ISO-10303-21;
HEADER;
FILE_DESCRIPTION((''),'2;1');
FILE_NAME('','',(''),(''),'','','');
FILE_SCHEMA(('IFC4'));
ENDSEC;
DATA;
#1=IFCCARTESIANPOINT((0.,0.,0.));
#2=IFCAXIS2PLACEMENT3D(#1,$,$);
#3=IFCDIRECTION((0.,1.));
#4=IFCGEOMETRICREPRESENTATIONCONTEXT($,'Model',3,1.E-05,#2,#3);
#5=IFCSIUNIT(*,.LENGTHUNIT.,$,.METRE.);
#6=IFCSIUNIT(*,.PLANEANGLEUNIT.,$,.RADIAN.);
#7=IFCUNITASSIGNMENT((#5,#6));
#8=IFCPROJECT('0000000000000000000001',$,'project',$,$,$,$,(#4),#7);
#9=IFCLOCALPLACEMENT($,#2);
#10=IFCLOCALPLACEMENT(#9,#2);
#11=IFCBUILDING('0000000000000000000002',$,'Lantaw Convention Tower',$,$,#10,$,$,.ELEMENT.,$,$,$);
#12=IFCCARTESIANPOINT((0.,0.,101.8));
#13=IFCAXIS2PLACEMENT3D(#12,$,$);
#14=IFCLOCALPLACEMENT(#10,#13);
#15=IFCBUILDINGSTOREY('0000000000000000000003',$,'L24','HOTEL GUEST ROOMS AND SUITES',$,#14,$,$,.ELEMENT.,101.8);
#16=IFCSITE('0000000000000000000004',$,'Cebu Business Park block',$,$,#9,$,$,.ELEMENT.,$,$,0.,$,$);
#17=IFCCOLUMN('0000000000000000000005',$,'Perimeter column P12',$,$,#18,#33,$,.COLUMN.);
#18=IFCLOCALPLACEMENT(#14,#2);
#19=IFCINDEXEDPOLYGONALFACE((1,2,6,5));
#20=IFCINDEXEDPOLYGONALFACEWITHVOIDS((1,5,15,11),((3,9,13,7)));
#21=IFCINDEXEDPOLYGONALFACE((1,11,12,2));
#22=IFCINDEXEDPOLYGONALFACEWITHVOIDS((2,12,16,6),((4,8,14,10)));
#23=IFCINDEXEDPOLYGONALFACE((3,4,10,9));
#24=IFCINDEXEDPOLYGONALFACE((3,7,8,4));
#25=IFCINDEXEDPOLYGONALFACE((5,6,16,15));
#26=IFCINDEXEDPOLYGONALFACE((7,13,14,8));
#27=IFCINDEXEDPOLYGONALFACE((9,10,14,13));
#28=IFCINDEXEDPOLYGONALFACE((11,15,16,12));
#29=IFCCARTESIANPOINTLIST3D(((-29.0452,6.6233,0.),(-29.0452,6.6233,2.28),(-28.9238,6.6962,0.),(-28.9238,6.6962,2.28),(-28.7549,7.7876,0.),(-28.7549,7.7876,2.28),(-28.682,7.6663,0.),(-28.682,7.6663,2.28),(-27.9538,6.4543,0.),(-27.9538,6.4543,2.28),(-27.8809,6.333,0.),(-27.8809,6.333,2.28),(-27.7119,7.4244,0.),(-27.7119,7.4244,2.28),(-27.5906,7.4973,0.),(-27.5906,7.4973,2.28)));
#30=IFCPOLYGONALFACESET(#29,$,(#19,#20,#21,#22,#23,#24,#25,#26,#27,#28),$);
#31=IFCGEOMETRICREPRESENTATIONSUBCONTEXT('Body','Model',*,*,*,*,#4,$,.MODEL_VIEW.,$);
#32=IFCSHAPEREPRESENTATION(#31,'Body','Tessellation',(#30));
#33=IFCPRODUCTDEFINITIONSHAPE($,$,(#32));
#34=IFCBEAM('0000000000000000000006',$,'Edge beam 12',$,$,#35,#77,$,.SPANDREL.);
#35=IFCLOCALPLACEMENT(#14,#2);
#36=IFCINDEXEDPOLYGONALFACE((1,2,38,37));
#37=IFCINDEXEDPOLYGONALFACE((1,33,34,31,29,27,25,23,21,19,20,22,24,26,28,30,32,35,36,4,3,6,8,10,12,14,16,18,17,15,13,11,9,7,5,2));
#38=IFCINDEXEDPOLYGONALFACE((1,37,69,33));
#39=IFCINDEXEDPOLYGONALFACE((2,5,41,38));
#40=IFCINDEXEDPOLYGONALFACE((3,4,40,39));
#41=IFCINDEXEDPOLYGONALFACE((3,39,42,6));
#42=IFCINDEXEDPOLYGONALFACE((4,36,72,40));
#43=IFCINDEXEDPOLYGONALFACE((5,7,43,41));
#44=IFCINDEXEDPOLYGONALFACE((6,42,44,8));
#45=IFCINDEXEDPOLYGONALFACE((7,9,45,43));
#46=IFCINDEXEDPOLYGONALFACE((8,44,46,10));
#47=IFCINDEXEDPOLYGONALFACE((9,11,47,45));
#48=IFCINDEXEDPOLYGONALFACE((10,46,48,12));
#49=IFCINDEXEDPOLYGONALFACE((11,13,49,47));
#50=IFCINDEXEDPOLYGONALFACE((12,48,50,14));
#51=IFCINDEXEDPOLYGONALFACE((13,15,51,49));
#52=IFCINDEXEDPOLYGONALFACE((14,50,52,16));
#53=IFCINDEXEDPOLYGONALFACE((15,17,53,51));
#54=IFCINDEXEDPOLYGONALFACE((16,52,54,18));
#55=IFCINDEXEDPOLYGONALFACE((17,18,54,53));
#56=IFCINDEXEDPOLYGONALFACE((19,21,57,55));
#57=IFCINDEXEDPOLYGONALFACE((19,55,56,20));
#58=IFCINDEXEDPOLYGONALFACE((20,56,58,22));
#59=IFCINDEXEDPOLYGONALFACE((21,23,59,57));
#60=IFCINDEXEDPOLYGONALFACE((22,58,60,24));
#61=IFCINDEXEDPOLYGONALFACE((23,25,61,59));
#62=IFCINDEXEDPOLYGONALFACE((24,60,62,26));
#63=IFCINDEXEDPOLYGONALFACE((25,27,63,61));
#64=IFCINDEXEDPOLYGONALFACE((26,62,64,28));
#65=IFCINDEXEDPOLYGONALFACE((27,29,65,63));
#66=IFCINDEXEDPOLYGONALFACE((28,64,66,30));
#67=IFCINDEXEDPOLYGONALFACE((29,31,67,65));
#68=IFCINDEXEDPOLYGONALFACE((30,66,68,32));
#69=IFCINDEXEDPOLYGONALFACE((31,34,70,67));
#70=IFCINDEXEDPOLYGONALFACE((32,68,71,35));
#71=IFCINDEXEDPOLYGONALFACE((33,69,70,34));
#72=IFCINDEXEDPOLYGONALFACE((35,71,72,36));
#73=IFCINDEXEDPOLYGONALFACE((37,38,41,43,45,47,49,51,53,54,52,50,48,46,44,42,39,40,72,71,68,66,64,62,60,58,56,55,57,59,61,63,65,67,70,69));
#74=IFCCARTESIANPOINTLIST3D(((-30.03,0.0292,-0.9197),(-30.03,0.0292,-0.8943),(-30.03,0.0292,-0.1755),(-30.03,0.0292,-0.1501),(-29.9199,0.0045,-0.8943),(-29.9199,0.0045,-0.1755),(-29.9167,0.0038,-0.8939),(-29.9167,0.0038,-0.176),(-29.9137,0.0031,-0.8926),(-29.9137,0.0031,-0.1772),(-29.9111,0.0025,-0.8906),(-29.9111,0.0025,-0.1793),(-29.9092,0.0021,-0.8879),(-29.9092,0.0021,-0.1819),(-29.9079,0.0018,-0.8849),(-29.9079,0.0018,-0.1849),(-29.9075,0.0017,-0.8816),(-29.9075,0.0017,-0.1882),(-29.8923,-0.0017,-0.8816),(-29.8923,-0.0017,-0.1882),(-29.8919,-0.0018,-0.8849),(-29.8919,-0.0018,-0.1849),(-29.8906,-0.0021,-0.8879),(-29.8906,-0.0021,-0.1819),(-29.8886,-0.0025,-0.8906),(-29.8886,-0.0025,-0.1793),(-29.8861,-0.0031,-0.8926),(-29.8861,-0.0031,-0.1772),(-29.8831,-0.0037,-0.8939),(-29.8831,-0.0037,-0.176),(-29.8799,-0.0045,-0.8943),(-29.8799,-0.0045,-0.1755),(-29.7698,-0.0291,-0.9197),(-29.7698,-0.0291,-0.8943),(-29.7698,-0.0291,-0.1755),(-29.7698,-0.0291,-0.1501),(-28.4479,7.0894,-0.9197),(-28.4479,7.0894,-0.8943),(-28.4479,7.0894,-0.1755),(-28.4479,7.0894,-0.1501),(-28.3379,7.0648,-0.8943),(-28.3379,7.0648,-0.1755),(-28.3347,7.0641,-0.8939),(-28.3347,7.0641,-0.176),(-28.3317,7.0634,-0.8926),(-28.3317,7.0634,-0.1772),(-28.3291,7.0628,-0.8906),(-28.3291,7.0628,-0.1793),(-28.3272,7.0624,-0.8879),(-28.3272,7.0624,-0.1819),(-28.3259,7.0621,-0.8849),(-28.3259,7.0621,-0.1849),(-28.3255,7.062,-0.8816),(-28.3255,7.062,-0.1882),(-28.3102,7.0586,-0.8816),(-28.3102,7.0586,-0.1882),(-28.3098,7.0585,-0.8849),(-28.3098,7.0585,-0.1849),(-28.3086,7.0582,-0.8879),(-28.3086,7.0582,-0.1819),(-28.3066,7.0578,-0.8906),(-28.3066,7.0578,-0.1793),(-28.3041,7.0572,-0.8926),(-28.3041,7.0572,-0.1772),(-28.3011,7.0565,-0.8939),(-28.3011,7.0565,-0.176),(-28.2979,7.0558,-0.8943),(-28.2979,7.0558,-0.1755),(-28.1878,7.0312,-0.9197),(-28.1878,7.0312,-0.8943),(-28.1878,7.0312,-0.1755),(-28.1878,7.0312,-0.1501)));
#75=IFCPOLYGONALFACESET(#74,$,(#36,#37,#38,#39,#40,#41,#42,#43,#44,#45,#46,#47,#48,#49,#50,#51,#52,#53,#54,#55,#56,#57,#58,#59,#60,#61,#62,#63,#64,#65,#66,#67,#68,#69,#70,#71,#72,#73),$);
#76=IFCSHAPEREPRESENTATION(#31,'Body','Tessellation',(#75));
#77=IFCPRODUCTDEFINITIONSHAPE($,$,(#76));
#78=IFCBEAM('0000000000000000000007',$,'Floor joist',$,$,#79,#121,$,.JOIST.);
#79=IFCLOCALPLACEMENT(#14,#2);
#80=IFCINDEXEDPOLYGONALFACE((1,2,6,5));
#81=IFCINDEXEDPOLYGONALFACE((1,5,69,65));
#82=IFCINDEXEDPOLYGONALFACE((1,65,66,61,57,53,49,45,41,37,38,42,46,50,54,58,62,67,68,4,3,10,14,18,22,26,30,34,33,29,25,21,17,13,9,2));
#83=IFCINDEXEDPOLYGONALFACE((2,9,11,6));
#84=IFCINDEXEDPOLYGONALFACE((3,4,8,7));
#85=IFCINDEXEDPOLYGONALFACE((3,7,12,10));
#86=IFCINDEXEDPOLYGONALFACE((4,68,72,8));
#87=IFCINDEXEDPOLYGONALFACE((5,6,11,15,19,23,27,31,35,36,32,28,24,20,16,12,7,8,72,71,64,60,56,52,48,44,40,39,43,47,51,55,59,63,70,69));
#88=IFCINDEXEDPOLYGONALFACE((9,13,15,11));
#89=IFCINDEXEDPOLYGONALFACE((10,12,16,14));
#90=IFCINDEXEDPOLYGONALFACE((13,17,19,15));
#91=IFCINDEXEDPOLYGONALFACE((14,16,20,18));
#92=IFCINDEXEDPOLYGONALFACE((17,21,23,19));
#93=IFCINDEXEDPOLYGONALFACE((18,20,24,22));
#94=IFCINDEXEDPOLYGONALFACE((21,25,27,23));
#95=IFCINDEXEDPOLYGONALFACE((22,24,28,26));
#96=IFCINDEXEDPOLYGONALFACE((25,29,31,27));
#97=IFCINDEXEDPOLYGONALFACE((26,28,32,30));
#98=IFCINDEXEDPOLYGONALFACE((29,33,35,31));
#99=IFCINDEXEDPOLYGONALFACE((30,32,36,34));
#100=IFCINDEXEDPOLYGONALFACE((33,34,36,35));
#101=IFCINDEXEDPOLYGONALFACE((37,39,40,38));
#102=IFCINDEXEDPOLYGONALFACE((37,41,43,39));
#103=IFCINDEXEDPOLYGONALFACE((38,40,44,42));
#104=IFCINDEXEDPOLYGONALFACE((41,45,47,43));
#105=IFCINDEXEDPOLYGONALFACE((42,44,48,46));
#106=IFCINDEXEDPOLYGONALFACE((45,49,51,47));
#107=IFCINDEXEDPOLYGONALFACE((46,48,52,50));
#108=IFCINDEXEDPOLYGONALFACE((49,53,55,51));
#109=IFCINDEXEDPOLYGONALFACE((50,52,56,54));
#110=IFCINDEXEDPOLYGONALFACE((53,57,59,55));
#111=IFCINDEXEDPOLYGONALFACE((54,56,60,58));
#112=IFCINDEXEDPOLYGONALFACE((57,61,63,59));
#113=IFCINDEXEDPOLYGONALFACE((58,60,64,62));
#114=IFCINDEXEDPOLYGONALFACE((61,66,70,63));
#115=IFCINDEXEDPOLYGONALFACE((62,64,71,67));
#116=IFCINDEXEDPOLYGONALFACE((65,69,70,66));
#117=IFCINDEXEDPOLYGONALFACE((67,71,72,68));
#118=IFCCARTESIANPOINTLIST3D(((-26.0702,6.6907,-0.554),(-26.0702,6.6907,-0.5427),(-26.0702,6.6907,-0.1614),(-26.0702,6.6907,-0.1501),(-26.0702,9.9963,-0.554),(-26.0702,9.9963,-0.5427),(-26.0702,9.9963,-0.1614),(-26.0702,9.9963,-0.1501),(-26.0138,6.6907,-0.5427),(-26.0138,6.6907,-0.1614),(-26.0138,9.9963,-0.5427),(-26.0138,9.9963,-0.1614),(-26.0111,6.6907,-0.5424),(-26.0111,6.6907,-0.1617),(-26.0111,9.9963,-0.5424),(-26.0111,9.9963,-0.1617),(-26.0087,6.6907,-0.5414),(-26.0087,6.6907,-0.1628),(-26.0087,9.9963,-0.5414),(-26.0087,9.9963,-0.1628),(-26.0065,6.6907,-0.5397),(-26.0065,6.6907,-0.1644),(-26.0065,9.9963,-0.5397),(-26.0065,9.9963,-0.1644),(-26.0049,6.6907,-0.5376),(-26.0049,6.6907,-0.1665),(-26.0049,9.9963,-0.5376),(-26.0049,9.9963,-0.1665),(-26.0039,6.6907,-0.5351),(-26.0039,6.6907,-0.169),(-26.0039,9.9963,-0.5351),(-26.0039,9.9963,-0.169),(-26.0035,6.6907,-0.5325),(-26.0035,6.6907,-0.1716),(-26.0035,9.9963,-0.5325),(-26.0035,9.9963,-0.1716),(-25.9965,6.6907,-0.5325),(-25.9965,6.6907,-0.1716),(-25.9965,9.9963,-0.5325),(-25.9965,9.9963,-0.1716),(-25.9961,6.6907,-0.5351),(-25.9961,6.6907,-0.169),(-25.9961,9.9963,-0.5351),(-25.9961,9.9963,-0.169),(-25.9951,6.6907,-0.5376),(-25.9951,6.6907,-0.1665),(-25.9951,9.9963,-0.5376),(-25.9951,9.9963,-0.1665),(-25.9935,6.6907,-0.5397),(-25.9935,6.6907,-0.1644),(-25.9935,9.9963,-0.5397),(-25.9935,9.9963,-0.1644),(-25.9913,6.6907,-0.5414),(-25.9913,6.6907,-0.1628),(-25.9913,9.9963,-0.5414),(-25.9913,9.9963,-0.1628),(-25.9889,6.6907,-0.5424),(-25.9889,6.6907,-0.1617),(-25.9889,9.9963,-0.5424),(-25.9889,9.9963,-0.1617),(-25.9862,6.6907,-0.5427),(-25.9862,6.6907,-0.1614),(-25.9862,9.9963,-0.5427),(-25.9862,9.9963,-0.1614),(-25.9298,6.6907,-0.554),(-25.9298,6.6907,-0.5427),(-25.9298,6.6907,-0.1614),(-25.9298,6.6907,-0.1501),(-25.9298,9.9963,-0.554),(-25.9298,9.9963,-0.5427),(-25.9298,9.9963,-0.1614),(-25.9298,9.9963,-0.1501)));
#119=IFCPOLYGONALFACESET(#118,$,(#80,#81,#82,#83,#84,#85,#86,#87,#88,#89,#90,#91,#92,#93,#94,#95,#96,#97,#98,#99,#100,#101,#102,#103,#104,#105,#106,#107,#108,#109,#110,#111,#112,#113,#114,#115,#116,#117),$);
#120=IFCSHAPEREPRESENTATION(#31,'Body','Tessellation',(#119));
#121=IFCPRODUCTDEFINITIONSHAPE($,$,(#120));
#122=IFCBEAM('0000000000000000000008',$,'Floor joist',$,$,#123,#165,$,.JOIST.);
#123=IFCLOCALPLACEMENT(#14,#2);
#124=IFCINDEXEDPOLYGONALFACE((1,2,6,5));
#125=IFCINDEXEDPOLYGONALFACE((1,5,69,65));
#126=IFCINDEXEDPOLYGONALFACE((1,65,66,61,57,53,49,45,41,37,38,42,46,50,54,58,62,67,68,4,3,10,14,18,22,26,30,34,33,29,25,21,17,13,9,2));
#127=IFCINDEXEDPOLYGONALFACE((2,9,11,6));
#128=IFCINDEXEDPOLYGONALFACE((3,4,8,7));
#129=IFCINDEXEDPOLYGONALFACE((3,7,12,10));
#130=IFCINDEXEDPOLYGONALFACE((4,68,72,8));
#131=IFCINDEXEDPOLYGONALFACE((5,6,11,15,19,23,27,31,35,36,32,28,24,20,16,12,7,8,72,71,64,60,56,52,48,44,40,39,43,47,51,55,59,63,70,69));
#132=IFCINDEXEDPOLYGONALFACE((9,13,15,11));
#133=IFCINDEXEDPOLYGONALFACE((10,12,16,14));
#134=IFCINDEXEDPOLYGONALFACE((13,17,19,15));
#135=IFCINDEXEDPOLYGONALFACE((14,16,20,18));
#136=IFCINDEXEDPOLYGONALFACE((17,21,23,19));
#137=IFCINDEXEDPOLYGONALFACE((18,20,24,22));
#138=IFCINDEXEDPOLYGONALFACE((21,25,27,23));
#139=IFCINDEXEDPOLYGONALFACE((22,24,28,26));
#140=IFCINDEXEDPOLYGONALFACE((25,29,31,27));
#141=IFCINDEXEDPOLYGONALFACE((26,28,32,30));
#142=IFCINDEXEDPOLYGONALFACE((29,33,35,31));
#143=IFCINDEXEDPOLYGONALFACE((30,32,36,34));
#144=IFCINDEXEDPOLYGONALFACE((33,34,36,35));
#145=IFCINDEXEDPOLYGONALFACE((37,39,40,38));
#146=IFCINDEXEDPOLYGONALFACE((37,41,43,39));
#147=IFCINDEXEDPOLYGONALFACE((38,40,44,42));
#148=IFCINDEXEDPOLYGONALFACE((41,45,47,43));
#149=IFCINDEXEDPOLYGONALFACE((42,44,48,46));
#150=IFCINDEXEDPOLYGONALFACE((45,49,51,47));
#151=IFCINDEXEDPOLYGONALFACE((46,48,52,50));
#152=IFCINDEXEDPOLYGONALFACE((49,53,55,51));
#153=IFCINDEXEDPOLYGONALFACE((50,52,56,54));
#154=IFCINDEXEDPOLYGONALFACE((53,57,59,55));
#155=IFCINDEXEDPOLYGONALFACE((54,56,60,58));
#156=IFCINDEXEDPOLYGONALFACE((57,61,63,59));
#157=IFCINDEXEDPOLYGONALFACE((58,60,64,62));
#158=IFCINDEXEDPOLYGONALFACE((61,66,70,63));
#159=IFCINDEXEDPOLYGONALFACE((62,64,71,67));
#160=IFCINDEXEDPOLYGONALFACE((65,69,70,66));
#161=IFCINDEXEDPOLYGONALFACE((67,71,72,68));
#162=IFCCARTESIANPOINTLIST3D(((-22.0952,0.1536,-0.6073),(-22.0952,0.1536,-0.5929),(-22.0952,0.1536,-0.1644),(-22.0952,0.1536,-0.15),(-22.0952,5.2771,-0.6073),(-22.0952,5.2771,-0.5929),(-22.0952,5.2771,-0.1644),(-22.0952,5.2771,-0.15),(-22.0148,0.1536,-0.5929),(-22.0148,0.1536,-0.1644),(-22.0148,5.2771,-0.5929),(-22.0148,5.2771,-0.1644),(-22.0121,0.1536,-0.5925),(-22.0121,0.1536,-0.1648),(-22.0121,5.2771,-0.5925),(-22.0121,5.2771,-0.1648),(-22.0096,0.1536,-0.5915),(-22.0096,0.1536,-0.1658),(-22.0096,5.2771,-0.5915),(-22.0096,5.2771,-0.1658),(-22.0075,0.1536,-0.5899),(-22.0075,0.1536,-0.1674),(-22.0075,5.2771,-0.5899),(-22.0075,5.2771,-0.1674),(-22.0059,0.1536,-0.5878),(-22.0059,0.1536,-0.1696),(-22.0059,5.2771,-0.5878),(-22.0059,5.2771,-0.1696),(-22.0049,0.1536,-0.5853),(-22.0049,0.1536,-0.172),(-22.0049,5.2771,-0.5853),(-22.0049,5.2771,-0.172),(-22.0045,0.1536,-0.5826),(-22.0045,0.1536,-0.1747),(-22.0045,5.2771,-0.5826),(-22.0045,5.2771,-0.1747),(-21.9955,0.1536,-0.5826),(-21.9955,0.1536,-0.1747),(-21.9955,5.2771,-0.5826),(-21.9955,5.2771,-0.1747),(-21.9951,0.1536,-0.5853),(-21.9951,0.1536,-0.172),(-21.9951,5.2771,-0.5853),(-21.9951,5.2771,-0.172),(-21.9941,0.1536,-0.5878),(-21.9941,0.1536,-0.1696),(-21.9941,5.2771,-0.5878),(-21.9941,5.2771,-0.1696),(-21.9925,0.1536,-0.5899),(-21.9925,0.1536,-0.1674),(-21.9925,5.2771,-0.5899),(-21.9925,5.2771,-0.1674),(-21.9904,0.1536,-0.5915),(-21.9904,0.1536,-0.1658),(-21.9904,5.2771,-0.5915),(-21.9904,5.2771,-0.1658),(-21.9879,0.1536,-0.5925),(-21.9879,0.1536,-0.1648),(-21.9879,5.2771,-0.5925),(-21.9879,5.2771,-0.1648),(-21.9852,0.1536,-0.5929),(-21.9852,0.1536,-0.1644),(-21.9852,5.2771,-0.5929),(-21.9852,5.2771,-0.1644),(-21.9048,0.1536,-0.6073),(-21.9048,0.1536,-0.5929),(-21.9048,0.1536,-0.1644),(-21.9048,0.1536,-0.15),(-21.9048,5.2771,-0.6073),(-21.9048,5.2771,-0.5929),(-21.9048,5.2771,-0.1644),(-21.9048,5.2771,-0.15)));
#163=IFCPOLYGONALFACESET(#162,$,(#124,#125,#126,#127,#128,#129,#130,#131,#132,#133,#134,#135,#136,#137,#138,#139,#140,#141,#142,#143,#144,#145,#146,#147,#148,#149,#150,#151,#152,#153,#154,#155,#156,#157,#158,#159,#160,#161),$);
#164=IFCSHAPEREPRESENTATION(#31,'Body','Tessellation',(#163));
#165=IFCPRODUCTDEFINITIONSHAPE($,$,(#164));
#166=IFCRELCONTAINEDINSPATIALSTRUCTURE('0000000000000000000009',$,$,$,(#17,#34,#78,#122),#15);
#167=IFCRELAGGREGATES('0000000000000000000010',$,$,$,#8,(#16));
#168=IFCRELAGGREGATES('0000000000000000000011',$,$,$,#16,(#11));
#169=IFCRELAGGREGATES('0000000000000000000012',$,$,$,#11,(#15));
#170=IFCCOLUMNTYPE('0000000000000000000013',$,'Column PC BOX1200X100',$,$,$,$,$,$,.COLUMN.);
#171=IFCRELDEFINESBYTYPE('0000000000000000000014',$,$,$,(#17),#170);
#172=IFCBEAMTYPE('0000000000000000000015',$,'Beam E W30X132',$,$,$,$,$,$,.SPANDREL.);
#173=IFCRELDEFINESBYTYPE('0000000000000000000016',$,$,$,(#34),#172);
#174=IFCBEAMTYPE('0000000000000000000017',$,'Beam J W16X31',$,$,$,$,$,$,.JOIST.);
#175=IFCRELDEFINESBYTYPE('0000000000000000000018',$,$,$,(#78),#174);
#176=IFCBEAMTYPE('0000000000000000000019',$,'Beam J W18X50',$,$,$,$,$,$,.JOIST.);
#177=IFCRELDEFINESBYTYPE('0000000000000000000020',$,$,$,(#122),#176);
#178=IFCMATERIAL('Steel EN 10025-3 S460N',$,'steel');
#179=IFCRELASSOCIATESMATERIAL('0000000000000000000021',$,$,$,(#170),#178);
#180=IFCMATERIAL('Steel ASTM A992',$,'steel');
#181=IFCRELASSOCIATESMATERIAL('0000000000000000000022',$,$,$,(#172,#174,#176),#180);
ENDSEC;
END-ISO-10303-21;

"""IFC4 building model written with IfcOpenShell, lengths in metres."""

from ifc_helpers import new_model, si_unit, direction, frame, origin, origin_2d, place, context, subcontext, project, spatial, rectangle, hollow_rectangle, i_section, extrude, material, material_profile, profile_set, type_object, element, save


model = new_model("IFC4")

# Units and contexts
model_context = context("Model", 3, precision=1e-05, world=origin(), true_north=direction((0.0, 1.0)))
body_context = subcontext(model_context, "Body", "Model", "MODEL_VIEW")
ifc_project = project(units=[si_unit("LENGTHUNIT", "METRE"), si_unit("PLANEANGLEUNIT", "RADIAN")], contexts=[model_context])

# Site, building, storey
site_placement = place(None, origin())
site = spatial("IfcSite", under=ifc_project, at=site_placement, Name="Cebu Business Park block", CompositionType="ELEMENT", RefElevation=0.0)
building_placement = place(site_placement, origin())
building = spatial("IfcBuilding", under=site, at=building_placement, Name="Lantaw Convention Tower", CompositionType="ELEMENT")
storey_placement = place(building_placement, frame((0.0, 0.0, 101.8)))
storey = spatial("IfcBuildingStorey", under=building, at=storey_placement, Name="L24", Description="HOTEL GUEST ROOMS AND SUITES", CompositionType="ELEMENT", Elevation=101.8)

# Column
ifc_material_1 = material(Name="Steel EN 10025-3 S460N", Category="steel")
ifc_material_profile_1 = material_profile(ifc_material_1, hollow_rectangle(XDim=1.2, YDim=1.2, WallThickness=0.1001, at=origin_2d()), Name="BOX1200X100")
ifc_material_2 = material(Name="Concrete C60/75", Category="concrete")
ifc_material_profile_2 = material_profile(ifc_material_2, rectangle(XDim=1.0, YDim=1.0, at=origin_2d()), Name="Concrete fill of BOX1200X100")
ifc_profile_set_1 = profile_set([ifc_material_profile_1, ifc_material_profile_2], Name="Steel EN 10025-3 S460N")
column_type = type_object("IfcColumnType", Name="Column PC BOX1200X100", PredefinedType="COLUMN", material=ifc_profile_set_1)
column_placement = place(storey_placement, frame((-28.3179, 7.0603, 0.0), z_axis=(0.0, 0.0, 1.0), x_axis=(0.241922, 0.970296, 0.0)))
element("IfcColumn", 1, at=column_placement, inside=storey, type_object=column_type, Name="Perimeter column P12", PredefinedType="COLUMN", context=body_context, shape_type="SweptSolid", body=[
    extrude(hollow_rectangle(XDim=1.2, YDim=1.2, WallThickness=0.1001, at=origin_2d()), origin(), (0.0, 0.0, 1.0), 2.28),
])

# Beams
ifc_material_3 = material(Name="Steel ASTM A992", Category="steel")
ifc_material_profile_3 = material_profile(ifc_material_3, i_section(OverallWidth=0.2666, OverallDepth=0.7695, WebThickness=0.0156, FlangeThickness=0.0254, FilletRadius=0.0127, at=origin_2d()), Name="W30X132")
ifc_profile_set_2 = profile_set([ifc_material_profile_3], Name="Steel ASTM A992")
beam_type_1 = type_object("IfcBeamType", Name="Beam E W30X132", PredefinedType="SPANDREL", material=ifc_profile_set_2)
beam_1_placement = place(storey_placement, frame((-28.3179, 7.0603, -0.5349), z_axis=(-0.218652, -0.975803, 0.0), x_axis=(0.975803, -0.218652, 0.0)))
element("IfcBeam", 2, at=beam_1_placement, inside=storey, type_object=beam_type_1, Name="Edge beam 12", PredefinedType="SPANDREL", context=body_context, shape_type="SweptSolid", body=[
    extrude(i_section(OverallWidth=0.2666, OverallDepth=0.7695, WebThickness=0.0156, FlangeThickness=0.0254, FilletRadius=0.0127, at=origin_2d()), origin(), (0.0, 0.0, 1.0), 7.2354),
])
ifc_material_profile_4 = material_profile(ifc_material_3, i_section(OverallWidth=0.1404, OverallDepth=0.4038, WebThickness=0.0071, FlangeThickness=0.0112, FilletRadius=0.0103, at=origin_2d()), Name="W16X31")
ifc_profile_set_3 = profile_set([ifc_material_profile_4], Name="Steel ASTM A992")
beam_type_2 = type_object("IfcBeamType", Name="Beam J W16X31", PredefinedType="JOIST", material=ifc_profile_set_3)
beam_2_placement = place(storey_placement, frame((-26.0, 6.6907, -0.3521), z_axis=(0.0, 1.0, 0.0), x_axis=(-1.0, 0.0, 0.0)))
element("IfcBeam", 3, at=beam_2_placement, inside=storey, type_object=beam_type_2, Name="Floor joist", PredefinedType="JOIST", context=body_context, shape_type="SweptSolid", body=[
    extrude(i_section(OverallWidth=0.1404, OverallDepth=0.4038, WebThickness=0.0071, FlangeThickness=0.0112, FilletRadius=0.0103, at=origin_2d()), origin(), (0.0, 0.0, 1.0), 3.3057),
])
ifc_material_profile_5 = material_profile(ifc_material_3, i_section(OverallWidth=0.1904, OverallDepth=0.4573, WebThickness=0.009, FlangeThickness=0.0144, FilletRadius=0.0103, at=origin_2d()), Name="W18X50")
ifc_profile_set_4 = profile_set([ifc_material_profile_5], Name="Steel ASTM A992")
beam_type_3 = type_object("IfcBeamType", Name="Beam J W18X50", PredefinedType="JOIST", material=ifc_profile_set_4)
beam_3_placement = place(storey_placement, frame((-22.0, 0.1536, -0.3787), z_axis=(0.0, 1.0, 0.0), x_axis=(-1.0, 0.0, 0.0)))
element("IfcBeam", 4, at=beam_3_placement, inside=storey, type_object=beam_type_3, Name="Floor joist", PredefinedType="JOIST", context=body_context, shape_type="SweptSolid", body=[
    extrude(i_section(OverallWidth=0.1904, OverallDepth=0.4573, WebThickness=0.009, FlangeThickness=0.0144, FilletRadius=0.0103, at=origin_2d()), origin(), (0.0, 0.0, 1.0), 5.1235),
])

save(model, "model.ifc")
